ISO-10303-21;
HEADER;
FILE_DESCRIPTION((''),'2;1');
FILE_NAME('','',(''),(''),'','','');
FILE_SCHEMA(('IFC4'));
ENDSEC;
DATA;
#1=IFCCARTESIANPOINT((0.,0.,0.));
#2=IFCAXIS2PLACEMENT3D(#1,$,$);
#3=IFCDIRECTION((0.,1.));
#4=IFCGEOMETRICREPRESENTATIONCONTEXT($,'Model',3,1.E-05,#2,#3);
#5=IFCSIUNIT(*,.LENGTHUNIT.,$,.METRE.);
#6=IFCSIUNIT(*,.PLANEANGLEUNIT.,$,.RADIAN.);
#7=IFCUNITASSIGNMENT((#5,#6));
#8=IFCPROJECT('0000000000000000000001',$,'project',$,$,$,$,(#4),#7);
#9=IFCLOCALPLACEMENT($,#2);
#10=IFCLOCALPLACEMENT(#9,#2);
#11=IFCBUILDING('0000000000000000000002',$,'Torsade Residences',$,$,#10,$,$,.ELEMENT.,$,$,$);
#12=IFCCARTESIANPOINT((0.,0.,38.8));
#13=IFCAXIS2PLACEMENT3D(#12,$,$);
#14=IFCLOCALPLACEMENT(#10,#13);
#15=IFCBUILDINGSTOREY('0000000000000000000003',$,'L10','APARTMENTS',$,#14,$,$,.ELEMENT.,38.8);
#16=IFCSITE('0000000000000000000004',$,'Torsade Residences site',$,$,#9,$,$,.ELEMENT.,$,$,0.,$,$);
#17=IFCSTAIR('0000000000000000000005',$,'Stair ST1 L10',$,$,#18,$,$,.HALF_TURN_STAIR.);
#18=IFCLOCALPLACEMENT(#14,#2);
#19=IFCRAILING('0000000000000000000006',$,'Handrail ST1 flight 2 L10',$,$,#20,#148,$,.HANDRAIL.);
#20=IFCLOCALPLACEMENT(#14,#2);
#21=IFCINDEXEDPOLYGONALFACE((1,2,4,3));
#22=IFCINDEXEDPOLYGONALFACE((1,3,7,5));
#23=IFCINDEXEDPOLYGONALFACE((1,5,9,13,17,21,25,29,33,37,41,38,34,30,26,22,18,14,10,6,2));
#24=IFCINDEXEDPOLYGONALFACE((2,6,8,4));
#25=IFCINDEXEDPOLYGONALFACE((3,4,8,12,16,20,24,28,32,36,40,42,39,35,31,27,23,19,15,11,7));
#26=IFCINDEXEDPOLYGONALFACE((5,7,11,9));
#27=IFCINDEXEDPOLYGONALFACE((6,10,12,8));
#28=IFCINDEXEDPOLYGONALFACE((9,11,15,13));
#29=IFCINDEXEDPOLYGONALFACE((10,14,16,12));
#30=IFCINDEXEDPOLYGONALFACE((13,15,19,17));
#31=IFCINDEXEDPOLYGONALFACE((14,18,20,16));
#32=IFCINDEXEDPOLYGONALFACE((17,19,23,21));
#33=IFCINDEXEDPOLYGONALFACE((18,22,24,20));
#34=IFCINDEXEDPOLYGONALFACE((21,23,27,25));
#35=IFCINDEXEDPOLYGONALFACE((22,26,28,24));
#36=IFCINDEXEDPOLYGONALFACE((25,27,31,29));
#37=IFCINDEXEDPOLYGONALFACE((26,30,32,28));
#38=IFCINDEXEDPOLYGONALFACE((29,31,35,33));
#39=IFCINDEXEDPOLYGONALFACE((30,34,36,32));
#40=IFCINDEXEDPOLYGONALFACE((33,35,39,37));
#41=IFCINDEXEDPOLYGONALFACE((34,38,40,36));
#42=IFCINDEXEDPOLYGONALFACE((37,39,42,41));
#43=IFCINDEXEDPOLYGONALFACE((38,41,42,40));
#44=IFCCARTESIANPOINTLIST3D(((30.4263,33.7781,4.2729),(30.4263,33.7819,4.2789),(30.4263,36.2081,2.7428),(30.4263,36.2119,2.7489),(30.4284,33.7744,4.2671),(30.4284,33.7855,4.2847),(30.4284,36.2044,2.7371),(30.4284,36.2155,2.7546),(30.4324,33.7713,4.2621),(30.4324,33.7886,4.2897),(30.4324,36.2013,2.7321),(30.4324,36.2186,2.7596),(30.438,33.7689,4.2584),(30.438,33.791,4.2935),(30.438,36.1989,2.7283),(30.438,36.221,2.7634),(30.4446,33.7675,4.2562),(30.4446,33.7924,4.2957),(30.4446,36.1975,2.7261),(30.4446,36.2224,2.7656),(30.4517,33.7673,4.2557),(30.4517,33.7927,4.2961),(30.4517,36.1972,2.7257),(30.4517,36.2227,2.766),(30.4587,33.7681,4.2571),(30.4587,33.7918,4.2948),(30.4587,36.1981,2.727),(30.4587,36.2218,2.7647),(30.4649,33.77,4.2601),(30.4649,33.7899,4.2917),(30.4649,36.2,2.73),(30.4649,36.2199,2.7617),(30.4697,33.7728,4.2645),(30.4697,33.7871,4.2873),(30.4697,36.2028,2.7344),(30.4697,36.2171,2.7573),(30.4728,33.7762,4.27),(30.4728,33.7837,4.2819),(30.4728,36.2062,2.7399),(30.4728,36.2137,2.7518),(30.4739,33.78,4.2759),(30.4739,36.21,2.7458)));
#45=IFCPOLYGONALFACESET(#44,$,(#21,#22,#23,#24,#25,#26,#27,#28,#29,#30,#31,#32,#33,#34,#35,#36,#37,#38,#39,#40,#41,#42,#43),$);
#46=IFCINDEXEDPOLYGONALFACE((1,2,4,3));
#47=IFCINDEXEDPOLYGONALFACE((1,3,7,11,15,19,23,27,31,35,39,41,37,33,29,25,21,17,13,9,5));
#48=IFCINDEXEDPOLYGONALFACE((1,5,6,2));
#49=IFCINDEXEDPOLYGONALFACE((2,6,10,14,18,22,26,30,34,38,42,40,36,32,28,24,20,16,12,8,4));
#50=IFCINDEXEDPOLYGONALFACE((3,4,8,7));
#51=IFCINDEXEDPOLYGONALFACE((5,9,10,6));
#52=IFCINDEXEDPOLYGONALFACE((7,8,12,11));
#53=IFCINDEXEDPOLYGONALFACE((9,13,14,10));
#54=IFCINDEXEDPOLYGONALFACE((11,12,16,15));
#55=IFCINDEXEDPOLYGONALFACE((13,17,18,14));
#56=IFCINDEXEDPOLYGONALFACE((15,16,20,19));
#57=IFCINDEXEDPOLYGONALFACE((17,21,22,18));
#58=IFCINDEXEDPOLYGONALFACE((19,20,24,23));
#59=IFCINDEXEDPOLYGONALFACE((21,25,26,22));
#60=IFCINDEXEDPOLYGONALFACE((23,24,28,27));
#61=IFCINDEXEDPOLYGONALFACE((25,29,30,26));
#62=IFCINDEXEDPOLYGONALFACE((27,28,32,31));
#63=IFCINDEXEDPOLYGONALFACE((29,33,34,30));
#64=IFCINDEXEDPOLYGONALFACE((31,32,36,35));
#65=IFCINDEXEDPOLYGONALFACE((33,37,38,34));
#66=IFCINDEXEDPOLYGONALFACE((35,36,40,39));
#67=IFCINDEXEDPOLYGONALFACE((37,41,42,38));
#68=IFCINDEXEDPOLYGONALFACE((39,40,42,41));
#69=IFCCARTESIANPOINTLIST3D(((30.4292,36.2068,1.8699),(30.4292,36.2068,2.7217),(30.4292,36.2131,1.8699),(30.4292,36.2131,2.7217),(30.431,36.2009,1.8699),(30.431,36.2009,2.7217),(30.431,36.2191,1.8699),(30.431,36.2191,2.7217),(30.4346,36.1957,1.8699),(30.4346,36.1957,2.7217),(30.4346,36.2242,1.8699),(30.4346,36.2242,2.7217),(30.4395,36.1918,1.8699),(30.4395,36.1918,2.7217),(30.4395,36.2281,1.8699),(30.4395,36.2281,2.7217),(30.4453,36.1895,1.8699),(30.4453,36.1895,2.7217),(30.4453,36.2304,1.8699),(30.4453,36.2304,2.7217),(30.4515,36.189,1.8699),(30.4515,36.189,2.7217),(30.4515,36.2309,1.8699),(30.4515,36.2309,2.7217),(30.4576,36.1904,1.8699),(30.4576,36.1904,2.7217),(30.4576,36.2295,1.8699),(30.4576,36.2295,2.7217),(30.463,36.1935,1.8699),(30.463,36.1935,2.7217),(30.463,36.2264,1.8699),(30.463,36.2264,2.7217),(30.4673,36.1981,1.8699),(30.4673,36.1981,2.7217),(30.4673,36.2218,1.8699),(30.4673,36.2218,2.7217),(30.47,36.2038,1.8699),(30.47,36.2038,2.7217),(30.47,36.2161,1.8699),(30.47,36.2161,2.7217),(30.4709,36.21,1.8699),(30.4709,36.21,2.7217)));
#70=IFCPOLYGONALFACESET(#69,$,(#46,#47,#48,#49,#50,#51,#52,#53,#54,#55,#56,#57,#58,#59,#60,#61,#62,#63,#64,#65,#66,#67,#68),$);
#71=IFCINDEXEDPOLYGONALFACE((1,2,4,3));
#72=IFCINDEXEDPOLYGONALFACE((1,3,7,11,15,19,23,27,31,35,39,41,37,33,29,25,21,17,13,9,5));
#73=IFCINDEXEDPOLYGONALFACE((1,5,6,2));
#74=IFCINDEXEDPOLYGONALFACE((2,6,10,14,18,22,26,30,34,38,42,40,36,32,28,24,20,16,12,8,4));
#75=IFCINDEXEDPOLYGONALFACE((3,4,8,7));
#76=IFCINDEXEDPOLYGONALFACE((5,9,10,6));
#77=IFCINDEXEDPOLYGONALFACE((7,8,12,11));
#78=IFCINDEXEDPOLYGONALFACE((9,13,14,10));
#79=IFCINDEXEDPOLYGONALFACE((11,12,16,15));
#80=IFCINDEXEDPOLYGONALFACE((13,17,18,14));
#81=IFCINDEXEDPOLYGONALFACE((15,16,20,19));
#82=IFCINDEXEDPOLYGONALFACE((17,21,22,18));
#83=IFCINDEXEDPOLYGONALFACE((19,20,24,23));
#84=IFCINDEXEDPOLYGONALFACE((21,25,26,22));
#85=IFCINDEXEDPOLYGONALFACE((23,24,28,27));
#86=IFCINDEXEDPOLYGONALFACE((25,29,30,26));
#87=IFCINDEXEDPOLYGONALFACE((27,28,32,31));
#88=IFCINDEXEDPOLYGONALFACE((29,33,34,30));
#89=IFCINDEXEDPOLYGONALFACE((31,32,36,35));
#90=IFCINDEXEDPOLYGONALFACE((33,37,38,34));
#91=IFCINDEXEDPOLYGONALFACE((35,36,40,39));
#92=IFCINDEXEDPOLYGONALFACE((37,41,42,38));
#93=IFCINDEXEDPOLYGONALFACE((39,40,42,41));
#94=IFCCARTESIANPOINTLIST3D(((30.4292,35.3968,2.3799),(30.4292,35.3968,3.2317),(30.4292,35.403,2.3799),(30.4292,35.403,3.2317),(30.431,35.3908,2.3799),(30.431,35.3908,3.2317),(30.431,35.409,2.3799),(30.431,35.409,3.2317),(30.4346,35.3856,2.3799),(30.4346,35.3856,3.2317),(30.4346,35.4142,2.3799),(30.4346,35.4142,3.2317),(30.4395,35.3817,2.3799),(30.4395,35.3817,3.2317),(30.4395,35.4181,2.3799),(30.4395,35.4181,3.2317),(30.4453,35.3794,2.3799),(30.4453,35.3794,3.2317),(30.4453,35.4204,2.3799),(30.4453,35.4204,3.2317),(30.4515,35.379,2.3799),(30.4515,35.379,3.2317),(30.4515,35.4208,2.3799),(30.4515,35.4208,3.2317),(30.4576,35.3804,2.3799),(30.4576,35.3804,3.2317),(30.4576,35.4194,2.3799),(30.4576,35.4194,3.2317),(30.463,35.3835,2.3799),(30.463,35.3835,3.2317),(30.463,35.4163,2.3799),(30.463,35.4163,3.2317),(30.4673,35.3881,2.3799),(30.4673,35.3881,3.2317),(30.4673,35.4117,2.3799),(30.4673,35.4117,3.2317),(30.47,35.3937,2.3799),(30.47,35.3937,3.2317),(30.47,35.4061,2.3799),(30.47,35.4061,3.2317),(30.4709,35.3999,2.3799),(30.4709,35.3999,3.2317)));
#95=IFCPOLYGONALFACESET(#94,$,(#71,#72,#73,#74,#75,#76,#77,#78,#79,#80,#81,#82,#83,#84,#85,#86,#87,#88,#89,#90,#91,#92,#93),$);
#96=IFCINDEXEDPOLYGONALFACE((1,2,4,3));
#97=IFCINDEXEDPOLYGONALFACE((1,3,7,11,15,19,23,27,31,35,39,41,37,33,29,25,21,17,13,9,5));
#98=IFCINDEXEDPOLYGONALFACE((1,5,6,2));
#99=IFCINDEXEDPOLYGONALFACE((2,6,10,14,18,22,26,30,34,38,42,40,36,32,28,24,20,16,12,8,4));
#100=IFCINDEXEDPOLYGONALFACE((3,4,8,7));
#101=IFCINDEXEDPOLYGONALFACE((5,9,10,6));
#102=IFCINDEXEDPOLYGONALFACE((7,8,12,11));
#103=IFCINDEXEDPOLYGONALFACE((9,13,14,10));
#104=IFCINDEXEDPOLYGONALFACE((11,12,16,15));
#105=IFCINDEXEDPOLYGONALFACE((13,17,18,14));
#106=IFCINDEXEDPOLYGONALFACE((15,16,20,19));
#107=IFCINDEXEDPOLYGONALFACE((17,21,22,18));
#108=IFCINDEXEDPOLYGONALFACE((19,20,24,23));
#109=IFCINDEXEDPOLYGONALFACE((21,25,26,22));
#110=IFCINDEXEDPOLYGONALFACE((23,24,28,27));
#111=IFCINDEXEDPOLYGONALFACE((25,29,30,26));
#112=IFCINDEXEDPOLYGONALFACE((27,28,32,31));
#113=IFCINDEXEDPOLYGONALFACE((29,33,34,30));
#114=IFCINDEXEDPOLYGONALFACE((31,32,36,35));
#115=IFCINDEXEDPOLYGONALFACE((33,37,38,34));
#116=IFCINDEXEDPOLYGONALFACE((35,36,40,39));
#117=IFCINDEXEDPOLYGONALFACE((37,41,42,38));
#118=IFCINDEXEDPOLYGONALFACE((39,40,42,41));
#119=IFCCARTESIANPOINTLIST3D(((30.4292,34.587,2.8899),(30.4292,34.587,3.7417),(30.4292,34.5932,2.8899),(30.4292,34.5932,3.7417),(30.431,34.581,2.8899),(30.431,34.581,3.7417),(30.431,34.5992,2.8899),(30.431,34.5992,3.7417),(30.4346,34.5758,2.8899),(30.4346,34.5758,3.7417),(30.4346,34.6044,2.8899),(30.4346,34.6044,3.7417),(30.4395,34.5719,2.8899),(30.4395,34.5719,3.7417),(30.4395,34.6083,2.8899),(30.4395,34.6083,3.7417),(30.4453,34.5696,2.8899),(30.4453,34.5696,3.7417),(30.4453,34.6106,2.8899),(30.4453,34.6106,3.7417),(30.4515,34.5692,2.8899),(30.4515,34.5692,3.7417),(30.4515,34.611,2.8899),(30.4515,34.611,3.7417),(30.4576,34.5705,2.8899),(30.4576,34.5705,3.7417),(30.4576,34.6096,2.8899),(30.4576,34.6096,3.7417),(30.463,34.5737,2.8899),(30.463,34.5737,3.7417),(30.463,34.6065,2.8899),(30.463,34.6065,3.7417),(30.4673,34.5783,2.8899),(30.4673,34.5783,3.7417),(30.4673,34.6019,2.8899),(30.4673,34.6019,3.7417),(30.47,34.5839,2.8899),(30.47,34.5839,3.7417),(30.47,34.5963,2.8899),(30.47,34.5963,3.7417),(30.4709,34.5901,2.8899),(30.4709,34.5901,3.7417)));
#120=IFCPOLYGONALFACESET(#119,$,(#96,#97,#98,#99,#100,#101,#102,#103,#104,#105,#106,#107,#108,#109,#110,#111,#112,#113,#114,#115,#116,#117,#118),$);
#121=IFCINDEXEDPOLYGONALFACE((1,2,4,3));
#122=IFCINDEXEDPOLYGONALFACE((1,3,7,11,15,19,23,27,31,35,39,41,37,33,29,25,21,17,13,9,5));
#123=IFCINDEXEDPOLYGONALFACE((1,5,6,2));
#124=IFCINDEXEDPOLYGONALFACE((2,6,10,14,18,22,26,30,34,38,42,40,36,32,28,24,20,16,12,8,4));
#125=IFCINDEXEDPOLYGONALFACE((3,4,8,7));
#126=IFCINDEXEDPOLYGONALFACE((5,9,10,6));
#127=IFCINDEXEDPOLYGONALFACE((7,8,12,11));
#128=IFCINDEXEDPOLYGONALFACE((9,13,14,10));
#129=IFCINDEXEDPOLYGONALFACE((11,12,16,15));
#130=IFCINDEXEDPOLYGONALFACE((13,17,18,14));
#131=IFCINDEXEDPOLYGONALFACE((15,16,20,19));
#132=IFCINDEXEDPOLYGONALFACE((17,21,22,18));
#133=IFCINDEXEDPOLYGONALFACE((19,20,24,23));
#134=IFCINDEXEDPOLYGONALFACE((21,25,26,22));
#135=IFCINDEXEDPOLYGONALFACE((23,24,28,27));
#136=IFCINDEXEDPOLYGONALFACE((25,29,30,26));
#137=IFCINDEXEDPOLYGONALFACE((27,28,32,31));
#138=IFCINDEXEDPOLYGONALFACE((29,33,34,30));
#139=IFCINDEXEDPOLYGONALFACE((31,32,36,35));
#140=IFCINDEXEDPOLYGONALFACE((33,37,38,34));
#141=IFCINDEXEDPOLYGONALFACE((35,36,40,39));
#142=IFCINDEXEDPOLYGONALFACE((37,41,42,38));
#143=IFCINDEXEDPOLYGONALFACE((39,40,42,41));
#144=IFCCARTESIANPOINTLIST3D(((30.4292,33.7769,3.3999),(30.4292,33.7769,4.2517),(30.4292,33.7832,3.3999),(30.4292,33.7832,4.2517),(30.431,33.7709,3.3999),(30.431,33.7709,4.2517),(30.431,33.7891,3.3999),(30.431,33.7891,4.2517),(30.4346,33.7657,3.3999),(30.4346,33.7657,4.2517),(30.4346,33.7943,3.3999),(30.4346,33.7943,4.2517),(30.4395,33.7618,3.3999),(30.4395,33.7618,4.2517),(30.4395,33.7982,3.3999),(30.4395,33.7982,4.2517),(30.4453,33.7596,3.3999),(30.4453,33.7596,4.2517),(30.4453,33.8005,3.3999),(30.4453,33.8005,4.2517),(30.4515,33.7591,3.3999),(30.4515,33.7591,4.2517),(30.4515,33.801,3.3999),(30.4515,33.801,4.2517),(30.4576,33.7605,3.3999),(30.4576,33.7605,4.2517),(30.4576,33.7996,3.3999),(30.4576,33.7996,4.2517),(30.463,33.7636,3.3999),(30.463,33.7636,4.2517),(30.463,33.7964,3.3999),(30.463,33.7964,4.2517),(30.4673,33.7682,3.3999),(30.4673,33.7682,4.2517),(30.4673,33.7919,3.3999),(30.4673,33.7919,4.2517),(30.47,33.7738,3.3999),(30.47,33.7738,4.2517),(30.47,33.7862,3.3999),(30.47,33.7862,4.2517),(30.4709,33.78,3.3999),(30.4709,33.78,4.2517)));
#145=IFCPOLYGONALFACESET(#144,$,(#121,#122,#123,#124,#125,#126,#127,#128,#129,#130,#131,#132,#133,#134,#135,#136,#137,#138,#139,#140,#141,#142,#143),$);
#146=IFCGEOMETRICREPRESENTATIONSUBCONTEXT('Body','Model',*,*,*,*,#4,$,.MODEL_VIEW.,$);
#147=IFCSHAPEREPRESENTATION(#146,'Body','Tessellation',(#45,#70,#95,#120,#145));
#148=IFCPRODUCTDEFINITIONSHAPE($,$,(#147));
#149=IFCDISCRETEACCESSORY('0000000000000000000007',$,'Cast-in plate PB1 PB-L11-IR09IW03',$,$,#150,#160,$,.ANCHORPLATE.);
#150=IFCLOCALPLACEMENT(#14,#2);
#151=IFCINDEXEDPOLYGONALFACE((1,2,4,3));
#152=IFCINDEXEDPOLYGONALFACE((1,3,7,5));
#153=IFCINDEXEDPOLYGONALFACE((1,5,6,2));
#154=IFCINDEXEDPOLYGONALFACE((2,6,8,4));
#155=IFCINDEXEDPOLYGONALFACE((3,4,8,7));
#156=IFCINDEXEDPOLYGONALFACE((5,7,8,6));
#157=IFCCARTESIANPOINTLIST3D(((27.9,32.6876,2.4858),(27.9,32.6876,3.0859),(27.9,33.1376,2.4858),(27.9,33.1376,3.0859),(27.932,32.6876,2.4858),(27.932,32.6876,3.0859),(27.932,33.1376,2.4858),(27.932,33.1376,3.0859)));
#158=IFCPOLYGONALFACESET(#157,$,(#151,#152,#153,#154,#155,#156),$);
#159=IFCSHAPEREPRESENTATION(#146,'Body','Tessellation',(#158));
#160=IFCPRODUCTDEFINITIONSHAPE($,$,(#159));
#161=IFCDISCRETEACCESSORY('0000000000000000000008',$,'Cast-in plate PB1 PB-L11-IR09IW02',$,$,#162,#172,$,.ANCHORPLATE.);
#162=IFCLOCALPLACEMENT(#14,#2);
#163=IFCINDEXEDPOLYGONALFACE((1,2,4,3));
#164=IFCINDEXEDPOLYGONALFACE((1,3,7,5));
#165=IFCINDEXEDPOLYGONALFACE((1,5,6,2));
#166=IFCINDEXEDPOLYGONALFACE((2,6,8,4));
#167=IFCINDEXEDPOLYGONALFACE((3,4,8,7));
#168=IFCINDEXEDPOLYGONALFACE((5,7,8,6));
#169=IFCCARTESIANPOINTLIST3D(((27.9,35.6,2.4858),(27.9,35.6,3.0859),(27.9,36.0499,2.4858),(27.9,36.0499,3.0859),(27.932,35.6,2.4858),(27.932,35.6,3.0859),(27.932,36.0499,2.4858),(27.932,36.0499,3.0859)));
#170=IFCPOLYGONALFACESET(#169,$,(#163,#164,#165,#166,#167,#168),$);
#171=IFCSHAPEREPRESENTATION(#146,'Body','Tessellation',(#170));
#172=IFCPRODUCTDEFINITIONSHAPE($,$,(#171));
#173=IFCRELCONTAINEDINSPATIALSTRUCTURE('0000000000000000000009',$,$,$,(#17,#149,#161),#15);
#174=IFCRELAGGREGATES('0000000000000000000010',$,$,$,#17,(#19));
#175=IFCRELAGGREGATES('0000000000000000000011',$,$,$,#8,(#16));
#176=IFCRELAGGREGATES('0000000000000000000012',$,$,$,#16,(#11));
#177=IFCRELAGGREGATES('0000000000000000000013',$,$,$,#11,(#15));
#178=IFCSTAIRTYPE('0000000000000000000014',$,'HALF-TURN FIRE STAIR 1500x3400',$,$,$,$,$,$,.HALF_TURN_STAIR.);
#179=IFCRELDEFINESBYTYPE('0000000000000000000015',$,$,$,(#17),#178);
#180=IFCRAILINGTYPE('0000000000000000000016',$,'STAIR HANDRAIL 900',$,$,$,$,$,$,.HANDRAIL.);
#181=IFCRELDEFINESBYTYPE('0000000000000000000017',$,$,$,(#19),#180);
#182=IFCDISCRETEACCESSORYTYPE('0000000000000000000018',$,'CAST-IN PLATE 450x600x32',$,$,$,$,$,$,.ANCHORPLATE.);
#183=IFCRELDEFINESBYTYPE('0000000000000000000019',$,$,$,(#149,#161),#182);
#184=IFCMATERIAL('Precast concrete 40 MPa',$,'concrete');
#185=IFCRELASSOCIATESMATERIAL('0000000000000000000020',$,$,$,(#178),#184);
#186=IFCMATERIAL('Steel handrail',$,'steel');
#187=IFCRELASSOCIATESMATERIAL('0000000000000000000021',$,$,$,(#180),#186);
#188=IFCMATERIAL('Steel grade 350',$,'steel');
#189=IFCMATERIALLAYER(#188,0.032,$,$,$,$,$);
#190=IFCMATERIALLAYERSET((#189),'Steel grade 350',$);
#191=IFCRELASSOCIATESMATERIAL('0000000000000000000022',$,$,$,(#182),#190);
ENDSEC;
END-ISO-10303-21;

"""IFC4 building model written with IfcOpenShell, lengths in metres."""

from ifc_helpers import new_model, si_unit, direction, frame, origin, origin_2d, place, context, subcontext, project, spatial, rectangle, circle, extrude, material, layer, layer_set, type_object, element, aggregate, save


model = new_model("IFC4")

# Units and contexts
model_context = context("Model", 3, precision=1e-05, world=origin(), true_north=direction((0.0, 1.0)))
body_context = subcontext(model_context, "Body", "Model", "MODEL_VIEW")
ifc_project = project(units=[si_unit("LENGTHUNIT", "METRE"), si_unit("PLANEANGLEUNIT", "RADIAN")], contexts=[model_context])

# Site, building, storey
site_placement = place(None, origin())
site = spatial("IfcSite", under=ifc_project, at=site_placement, Name="Torsade Residences site", CompositionType="ELEMENT", RefElevation=0.0)
building_placement = place(site_placement, origin())
building = spatial("IfcBuilding", under=site, at=building_placement, Name="Torsade Residences", CompositionType="ELEMENT")
storey_placement = place(building_placement, frame((0.0, 0.0, 38.8)))
storey = spatial("IfcBuildingStorey", under=building, at=storey_placement, Name="L10", Description="APARTMENTS", CompositionType="ELEMENT", Elevation=38.8)

# Stair, railing
ifc_material_1 = material(Name="Precast concrete 40 MPa", Category="concrete")
stair_type = type_object("IfcStairType", Name="HALF-TURN FIRE STAIR 1500x3400", PredefinedType="HALF_TURN_STAIR", material=ifc_material_1)
stair_placement = place(storey_placement, origin())
stair = element("IfcStair", 1, at=stair_placement, inside=storey, type_object=stair_type, Name="Stair ST1 L10", PredefinedType="HALF_TURN_STAIR")
ifc_material_2 = material(Name="Steel handrail", Category="steel")
railing_type = type_object("IfcRailingType", Name="STAIR HANDRAIL 900", PredefinedType="HANDRAIL", material=ifc_material_2)
railing_1_placement = place(storey_placement, frame((30.45, 36.21, 1.8699)))
railing_1 = element("IfcRailing", 2, at=railing_1_placement, type_object=railing_type, Name="Handrail ST1 flight 2 L10", PredefinedType="HANDRAIL", context=body_context, shape_type="SweptSolid", body=[
    extrude(circle(Radius=0.0239, at=origin_2d()), frame((0.0, 0.0, 0.876), z_axis=(0.0, -0.846221, 0.532831), x_axis=(1.0, 0.0, 0.0)), (0.0, 0.0, 1.0), 2.8716),
    extrude(circle(Radius=0.021, at=origin_2d()), origin(), (0.0, 0.0, 1.0), 0.8518),
    extrude(circle(Radius=0.021, at=origin_2d()), frame((0.0, -0.8101, 0.51)), (0.0, 0.0, 1.0), 0.8518),
    extrude(circle(Radius=0.021, at=origin_2d()), frame((0.0, -1.6199, 1.02)), (0.0, 0.0, 1.0), 0.8518),
    extrude(circle(Radius=0.021, at=origin_2d()), frame((0.0, -2.4299, 1.53)), (0.0, 0.0, 1.0), 0.8518),
])
aggregate(stair, [railing_1])

# Discrete accessories
ifc_material_3 = material(Name="Steel grade 350", Category="steel")
ifc_layer_1 = layer(ifc_material_3, 0.032)
ifc_layer_set_1 = layer_set([ifc_layer_1], Name="Steel grade 350")
discrete_accessory_type = type_object("IfcDiscreteAccessoryType", Name="CAST-IN PLATE 450x600x32", PredefinedType="ANCHORPLATE", material=ifc_layer_set_1)
for number, where, z_axis, x_axis, name in (
    (3, (27.916, 32.9126, 2.4858), (0.0, 0.0, 1.0), (1.0, 0.0, 0.0), "Cast-in plate PB1 PB-L11-IR09IW03"),
    (4, (27.916, 35.825, 2.4858), (0.0, 0.0, 1.0), (1.0, 0.0, 0.0), "Cast-in plate PB1 PB-L11-IR09IW02"),
):
    element("IfcDiscreteAccessory", number, at=place(storey_placement, frame(where, z_axis=z_axis, x_axis=x_axis)), inside=storey, type_object=discrete_accessory_type, Name=name, PredefinedType="ANCHORPLATE", context=body_context, shape_type="SweptSolid", body=[
        extrude(rectangle(XDim=0.032, YDim=0.45, at=origin_2d()), origin(), (0.0, 0.0, 1.0), 0.6001),
    ])

save(model, "model.ifc")
